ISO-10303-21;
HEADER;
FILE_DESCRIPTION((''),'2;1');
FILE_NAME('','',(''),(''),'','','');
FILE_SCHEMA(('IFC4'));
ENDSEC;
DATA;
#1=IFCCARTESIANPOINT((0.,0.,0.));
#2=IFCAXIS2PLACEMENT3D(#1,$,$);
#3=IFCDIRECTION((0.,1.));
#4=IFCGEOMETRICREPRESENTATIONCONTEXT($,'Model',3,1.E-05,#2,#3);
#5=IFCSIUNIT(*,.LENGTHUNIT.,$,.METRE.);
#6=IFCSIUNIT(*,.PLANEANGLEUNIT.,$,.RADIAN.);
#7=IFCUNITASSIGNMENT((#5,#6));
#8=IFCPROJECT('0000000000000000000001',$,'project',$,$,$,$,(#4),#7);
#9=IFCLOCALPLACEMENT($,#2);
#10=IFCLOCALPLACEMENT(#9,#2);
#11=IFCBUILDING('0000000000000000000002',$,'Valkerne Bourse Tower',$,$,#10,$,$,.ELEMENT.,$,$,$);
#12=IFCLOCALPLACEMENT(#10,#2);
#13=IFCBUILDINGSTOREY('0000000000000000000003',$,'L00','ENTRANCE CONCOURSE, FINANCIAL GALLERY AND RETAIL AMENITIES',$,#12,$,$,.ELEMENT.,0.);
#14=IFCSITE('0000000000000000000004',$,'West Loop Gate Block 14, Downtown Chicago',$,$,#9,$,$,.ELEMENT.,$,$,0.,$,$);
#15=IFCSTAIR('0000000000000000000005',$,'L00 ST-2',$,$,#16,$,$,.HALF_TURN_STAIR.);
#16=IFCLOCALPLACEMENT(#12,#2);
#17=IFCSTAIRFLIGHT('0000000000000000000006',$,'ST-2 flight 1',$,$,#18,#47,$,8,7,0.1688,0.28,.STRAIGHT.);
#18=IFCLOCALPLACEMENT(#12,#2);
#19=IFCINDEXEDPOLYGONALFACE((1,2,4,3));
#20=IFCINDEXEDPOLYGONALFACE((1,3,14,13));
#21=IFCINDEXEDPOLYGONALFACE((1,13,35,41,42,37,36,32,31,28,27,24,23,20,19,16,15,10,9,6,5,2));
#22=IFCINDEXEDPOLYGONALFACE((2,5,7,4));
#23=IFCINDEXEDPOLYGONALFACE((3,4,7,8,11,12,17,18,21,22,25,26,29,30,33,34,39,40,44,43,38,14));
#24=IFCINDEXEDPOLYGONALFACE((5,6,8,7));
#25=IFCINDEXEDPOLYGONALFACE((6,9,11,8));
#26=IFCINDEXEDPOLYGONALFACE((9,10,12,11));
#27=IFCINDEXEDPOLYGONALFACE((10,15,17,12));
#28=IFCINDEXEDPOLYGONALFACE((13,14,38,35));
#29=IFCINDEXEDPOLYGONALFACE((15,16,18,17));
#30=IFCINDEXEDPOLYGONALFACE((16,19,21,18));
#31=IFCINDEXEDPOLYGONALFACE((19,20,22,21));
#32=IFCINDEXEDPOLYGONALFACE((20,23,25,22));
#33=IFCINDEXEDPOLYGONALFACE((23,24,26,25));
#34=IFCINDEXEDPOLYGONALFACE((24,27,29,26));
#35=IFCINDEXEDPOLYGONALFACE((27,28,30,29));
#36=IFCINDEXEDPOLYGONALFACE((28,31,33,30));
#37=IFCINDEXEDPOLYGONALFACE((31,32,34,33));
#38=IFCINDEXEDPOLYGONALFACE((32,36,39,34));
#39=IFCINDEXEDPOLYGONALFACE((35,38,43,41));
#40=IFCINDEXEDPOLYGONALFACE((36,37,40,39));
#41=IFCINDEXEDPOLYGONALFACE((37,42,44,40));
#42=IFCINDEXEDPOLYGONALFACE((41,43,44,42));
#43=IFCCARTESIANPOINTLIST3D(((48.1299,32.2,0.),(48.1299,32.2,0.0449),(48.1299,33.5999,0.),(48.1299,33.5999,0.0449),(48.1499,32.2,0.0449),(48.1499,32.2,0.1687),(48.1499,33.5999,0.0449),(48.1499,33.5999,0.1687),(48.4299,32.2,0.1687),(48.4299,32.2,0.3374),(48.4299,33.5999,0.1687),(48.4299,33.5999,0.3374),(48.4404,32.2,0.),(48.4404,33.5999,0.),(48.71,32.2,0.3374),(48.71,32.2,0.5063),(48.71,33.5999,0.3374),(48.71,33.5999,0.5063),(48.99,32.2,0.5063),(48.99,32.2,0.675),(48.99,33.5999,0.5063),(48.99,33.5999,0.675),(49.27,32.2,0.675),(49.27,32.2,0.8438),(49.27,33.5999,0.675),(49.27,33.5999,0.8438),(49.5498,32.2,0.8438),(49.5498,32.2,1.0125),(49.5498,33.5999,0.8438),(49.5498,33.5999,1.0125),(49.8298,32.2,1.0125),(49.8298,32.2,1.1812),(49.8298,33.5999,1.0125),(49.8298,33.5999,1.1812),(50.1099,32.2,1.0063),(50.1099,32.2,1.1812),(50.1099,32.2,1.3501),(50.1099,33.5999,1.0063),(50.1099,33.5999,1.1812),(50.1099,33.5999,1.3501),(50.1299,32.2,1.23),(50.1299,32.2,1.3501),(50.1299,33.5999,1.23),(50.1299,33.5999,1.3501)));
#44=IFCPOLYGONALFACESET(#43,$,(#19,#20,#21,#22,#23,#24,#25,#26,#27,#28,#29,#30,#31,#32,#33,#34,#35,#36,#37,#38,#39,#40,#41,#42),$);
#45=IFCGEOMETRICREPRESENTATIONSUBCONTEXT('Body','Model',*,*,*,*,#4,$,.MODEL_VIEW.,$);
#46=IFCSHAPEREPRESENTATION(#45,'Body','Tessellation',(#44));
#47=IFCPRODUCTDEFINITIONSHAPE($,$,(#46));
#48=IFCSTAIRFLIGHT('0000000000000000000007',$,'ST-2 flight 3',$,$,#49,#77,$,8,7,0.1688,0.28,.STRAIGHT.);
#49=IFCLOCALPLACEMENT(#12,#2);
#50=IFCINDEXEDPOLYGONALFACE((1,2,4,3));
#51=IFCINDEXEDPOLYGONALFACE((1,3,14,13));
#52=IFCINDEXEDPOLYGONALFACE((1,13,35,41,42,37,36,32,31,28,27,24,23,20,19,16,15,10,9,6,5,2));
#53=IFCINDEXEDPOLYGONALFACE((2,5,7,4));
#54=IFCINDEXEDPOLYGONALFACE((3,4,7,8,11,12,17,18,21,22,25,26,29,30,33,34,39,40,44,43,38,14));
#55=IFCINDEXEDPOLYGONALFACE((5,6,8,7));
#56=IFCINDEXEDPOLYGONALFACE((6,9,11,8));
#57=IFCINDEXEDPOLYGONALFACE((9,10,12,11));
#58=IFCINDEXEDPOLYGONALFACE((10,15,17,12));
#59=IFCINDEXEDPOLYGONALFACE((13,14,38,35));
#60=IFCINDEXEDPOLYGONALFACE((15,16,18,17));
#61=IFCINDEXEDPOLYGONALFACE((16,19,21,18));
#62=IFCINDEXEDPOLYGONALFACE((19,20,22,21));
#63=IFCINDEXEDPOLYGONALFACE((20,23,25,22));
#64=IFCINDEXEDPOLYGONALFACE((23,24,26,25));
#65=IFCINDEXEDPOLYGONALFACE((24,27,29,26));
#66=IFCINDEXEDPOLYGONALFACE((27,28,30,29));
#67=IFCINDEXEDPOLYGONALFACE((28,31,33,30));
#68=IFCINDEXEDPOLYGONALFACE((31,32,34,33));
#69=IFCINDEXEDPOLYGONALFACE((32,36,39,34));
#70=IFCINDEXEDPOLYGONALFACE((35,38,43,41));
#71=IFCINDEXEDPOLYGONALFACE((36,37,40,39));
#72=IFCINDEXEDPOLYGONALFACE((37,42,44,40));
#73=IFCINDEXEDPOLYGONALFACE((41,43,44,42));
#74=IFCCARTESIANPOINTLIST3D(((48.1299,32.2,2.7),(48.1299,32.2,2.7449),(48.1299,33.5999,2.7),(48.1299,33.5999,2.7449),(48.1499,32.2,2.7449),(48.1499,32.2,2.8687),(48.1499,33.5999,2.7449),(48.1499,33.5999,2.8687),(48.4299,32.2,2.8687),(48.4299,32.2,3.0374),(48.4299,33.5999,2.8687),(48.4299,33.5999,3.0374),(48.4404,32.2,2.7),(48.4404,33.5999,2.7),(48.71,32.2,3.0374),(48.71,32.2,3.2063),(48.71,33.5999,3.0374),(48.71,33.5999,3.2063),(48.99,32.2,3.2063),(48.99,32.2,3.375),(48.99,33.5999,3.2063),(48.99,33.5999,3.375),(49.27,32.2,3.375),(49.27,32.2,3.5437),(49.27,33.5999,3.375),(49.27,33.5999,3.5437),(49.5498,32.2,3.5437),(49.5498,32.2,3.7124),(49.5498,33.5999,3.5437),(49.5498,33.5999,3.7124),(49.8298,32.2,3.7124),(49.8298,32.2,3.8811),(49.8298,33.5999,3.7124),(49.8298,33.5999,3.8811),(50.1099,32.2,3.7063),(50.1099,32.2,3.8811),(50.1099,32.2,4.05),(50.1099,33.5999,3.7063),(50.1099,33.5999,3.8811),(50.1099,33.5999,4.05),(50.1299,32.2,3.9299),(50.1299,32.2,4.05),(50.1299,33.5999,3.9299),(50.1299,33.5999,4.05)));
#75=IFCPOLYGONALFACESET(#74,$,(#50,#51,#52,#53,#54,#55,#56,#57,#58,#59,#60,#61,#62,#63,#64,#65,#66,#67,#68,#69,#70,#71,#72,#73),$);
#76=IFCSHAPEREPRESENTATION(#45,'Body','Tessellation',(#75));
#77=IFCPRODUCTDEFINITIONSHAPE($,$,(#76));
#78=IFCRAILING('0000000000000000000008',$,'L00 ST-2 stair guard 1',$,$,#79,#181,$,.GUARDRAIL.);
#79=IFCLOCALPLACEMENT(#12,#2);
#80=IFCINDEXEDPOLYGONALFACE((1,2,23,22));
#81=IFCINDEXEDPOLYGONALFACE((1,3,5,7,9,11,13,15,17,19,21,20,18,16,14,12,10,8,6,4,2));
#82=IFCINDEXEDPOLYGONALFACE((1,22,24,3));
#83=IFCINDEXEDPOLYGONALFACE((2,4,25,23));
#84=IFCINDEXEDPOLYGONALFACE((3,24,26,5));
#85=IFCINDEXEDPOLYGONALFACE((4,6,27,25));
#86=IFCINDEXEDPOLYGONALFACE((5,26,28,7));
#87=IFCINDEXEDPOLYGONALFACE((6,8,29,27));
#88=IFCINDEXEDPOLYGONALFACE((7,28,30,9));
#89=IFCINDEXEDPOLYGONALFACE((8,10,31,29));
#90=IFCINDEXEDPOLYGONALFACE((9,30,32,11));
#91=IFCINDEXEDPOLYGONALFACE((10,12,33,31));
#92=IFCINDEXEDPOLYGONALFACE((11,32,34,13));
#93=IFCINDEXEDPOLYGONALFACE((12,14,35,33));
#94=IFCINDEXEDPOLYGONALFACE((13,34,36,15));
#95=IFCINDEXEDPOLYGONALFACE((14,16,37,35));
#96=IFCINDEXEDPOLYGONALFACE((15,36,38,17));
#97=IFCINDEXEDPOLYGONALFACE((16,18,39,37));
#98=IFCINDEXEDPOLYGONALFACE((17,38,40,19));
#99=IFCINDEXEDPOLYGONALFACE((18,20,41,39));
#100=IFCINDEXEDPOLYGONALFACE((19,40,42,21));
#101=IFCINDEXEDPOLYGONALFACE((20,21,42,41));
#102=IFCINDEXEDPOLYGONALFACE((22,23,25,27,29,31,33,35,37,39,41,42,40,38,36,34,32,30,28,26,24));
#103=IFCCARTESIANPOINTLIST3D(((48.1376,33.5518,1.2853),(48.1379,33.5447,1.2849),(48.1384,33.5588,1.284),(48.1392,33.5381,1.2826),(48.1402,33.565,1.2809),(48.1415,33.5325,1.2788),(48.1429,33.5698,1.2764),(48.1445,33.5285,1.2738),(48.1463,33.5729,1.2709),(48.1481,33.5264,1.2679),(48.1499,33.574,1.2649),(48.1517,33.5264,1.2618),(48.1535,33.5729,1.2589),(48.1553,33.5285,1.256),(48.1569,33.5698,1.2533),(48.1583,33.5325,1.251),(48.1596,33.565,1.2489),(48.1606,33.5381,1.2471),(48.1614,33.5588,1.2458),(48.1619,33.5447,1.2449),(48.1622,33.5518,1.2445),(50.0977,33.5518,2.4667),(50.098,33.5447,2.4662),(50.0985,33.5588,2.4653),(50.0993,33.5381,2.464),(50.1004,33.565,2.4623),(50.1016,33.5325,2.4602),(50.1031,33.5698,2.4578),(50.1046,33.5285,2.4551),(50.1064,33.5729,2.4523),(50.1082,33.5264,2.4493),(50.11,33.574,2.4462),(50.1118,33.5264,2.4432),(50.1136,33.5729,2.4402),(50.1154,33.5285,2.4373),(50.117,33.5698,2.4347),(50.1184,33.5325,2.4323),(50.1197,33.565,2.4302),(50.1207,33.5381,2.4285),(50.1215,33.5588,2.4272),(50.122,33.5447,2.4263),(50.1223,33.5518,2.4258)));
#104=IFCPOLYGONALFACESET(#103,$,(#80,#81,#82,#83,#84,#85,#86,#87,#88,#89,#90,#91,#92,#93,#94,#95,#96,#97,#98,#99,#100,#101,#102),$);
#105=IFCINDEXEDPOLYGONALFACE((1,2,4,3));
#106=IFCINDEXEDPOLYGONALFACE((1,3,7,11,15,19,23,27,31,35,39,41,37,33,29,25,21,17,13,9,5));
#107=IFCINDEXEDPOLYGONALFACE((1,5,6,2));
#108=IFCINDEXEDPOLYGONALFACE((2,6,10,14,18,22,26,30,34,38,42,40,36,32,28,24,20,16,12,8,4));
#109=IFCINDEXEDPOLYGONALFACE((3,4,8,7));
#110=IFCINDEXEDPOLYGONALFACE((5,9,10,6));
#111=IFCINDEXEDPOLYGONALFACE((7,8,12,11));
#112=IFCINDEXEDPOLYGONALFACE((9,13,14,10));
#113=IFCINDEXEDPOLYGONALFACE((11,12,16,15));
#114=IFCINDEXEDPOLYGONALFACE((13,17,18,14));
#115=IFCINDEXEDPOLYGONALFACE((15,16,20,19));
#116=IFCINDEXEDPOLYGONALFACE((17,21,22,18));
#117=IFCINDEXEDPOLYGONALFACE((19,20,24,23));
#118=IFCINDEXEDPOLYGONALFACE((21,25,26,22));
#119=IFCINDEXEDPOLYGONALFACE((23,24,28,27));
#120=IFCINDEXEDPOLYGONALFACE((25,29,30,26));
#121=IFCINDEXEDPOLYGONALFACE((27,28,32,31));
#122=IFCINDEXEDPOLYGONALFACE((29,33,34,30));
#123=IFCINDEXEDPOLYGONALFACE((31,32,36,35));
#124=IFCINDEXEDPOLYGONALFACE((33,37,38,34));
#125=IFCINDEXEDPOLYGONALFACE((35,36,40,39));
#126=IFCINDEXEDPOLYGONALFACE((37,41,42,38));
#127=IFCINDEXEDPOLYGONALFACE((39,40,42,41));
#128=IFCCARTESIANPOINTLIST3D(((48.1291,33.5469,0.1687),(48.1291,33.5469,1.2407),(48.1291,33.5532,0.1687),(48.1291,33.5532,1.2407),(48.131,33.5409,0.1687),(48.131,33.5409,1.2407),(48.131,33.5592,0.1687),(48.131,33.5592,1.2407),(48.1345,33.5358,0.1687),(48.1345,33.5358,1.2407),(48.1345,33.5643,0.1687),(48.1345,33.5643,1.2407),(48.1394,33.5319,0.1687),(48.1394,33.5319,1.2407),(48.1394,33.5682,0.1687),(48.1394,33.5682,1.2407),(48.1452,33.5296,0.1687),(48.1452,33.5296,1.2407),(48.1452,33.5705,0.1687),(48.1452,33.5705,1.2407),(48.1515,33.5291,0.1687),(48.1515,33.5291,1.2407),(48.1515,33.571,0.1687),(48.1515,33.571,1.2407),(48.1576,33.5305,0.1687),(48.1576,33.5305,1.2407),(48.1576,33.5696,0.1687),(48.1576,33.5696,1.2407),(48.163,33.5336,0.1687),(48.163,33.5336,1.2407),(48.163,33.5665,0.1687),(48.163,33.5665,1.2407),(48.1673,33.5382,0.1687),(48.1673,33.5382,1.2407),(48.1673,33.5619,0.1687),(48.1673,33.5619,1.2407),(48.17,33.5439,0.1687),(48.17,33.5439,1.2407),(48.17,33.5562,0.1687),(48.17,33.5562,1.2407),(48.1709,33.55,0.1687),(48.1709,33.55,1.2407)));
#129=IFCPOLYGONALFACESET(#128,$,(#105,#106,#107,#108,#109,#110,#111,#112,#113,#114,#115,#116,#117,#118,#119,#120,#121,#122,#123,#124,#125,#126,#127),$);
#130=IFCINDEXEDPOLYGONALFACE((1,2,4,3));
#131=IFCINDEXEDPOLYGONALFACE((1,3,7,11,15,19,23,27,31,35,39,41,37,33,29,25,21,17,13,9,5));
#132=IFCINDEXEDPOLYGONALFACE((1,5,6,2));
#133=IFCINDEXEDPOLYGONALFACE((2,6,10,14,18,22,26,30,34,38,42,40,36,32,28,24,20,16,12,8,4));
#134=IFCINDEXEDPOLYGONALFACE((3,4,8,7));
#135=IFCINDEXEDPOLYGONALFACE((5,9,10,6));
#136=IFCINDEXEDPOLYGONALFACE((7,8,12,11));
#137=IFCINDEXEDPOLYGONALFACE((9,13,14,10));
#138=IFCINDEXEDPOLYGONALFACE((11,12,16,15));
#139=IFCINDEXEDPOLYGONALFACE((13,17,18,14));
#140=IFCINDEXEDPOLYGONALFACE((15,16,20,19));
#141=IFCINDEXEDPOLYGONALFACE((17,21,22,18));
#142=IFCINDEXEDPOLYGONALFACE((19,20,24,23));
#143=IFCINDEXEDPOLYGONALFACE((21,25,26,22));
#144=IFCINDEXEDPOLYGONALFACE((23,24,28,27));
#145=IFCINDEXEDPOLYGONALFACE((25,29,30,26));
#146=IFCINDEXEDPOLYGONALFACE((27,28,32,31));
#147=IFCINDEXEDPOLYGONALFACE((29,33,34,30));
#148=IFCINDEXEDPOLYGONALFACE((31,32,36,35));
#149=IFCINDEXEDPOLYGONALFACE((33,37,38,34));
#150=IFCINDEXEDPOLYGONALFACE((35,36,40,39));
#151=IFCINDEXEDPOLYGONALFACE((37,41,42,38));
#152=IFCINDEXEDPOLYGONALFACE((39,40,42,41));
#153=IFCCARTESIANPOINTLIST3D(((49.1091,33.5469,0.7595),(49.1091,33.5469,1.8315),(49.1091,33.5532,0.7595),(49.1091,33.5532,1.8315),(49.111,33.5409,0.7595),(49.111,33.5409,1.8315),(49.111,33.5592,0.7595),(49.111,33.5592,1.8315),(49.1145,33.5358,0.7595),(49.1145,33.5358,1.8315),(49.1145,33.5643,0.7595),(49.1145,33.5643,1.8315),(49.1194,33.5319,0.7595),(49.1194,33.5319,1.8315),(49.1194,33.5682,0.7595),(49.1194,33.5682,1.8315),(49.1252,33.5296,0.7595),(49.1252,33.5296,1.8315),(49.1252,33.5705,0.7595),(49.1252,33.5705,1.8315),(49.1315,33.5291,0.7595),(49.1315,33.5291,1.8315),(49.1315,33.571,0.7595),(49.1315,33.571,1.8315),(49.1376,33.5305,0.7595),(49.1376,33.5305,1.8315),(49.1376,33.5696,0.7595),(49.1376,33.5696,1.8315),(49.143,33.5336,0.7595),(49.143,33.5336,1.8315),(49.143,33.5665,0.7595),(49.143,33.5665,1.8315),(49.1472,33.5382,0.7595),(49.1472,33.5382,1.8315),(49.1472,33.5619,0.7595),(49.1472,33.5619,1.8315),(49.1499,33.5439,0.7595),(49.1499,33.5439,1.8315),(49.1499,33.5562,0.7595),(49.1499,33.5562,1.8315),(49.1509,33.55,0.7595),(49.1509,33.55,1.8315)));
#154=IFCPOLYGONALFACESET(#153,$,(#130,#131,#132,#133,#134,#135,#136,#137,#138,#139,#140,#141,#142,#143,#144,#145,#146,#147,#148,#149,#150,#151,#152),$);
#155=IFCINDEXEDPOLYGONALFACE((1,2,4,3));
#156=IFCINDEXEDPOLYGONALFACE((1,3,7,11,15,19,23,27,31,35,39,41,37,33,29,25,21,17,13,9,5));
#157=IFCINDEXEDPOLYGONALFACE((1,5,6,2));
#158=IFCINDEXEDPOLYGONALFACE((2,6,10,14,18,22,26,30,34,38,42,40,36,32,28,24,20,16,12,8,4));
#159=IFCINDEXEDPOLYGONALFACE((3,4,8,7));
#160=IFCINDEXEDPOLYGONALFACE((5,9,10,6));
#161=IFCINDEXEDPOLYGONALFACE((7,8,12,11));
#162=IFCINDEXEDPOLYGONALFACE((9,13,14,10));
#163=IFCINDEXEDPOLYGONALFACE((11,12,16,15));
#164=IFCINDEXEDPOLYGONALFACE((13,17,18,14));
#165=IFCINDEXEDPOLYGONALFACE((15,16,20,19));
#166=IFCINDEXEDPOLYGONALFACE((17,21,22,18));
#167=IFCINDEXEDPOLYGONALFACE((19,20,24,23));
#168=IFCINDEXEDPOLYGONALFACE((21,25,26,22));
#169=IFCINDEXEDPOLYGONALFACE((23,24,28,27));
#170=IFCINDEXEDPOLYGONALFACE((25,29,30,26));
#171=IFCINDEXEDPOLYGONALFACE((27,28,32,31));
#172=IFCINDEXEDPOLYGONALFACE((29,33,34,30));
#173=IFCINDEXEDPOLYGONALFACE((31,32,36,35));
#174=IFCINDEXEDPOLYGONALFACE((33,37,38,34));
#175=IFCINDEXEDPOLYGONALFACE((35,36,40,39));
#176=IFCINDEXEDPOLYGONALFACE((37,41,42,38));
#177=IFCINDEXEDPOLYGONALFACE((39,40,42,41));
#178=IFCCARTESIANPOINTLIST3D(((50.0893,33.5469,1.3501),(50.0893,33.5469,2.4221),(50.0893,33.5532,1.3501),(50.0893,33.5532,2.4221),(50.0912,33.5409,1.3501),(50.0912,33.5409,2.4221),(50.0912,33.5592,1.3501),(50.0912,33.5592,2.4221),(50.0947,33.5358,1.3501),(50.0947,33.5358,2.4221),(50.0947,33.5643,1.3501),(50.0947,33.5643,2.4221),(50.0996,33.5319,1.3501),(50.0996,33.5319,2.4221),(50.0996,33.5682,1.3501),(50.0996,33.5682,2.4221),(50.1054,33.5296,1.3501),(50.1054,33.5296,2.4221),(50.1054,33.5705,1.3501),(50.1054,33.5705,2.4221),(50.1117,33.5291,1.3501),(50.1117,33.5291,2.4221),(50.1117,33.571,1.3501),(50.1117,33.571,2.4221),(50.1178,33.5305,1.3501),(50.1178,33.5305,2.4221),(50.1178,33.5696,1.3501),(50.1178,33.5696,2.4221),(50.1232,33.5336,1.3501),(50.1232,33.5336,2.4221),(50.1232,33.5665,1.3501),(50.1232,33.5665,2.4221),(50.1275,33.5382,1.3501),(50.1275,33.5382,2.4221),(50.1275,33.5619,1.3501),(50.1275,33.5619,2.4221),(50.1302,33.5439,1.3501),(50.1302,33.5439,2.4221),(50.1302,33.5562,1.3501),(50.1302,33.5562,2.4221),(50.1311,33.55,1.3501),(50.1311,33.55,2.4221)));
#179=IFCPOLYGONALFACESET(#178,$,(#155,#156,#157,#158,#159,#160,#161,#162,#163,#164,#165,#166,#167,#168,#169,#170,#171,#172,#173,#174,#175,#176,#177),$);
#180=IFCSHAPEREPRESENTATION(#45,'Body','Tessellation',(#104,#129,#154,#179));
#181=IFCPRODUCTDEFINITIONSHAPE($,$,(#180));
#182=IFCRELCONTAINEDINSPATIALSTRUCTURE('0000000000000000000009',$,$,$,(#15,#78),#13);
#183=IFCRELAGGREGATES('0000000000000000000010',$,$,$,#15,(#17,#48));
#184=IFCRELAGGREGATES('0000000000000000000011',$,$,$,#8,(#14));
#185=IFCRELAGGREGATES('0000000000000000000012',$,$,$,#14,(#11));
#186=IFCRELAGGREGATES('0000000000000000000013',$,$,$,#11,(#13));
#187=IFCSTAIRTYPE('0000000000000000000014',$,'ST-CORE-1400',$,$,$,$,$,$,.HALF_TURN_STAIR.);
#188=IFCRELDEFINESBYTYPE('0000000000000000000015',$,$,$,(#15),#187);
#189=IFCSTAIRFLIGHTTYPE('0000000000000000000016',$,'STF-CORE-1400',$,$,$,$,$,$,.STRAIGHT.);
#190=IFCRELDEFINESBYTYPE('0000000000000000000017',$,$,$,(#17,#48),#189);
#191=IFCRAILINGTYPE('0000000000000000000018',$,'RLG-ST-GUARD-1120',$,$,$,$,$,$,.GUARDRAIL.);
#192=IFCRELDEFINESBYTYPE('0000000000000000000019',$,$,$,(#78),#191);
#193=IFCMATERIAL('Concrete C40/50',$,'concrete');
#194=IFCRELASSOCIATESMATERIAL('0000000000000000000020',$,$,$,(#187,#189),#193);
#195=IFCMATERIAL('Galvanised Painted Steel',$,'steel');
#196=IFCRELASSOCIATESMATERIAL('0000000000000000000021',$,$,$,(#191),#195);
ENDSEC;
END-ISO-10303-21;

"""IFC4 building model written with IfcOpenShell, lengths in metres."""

from ifc_helpers import new_model, si_unit, direction, frame, origin, origin_2d, place, context, subcontext, project, spatial, polyline, circle, outline, extrude, material, type_object, element, aggregate, save


model = new_model("IFC4")

# Units and contexts
model_context = context("Model", 3, precision=1e-05, world=origin(), true_north=direction((0.0, 1.0)))
body_context = subcontext(model_context, "Body", "Model", "MODEL_VIEW")
ifc_project = project(units=[si_unit("LENGTHUNIT", "METRE"), si_unit("PLANEANGLEUNIT", "RADIAN")], contexts=[model_context])

# Site, building, storey
site_placement = place(None, origin())
site = spatial("IfcSite", under=ifc_project, at=site_placement, Name="West Loop Gate Block 14, Downtown Chicago", CompositionType="ELEMENT", RefElevation=0.0)
building_placement = place(site_placement, origin())
building = spatial("IfcBuilding", under=site, at=building_placement, Name="Valkerne Bourse Tower", CompositionType="ELEMENT")
storey_placement = place(building_placement, origin())
storey = spatial("IfcBuildingStorey", under=building, at=storey_placement, Name="L00", Description="ENTRANCE CONCOURSE, FINANCIAL GALLERY AND RETAIL AMENITIES", CompositionType="ELEMENT", Elevation=0.0)

# Shared definitions
ifc_material_1 = material(Name="Concrete C40/50", Category="concrete")
ifc_material_2 = material(Name="Galvanised Painted Steel", Category="steel")

# Stair, stair flights
stair_type = type_object("IfcStairType", Name="ST-CORE-1400", PredefinedType="HALF_TURN_STAIR", material=ifc_material_1)
stair_placement = place(storey_placement, origin())
stair = element("IfcStair", 1, at=stair_placement, inside=storey, type_object=stair_type, Name="L00 ST-2", PredefinedType="HALF_TURN_STAIR")
stair_flight_type = type_object("IfcStairFlightType", Name="STF-CORE-1400", PredefinedType="STRAIGHT", material=ifc_material_1)
stair_flight_1_placement = place(storey_placement, frame((48.1499, 32.8999, 0.0), z_axis=(0.0, 0.0, 1.0), x_axis=(1.0, 0.0, 0.0)))
stair_flight_1 = element("IfcStairFlight", 2, at=stair_flight_1_placement, type_object=stair_flight_type, Name="ST-2 flight 1", NumberOfRisers=8, NumberOfTreads=7, PredefinedType="STRAIGHT", RiserHeight=0.1688, TreadLength=0.28, context=body_context, shape_type="SweptSolid", body=[
    extrude(outline(polyline([(-0.02, 0.0), (-0.02, 0.0449), (0.0, 0.0449), (0.0, 0.1687), (0.28, 0.1687), (0.28, 0.3374), (0.5601, 0.3374), (0.5601, 0.5063), (0.8401, 0.5063), (0.8401, 0.675), (1.1201, 0.675), (1.1201, 0.8438), (1.3999, 0.8438), (1.3999, 1.0125), (1.6799, 1.0125), (1.6799, 1.1812), (1.96, 1.1812), (1.96, 1.3501), (1.98, 1.3501), (1.98, 1.23), (1.96, 1.0063), (0.2905, 0.0), (-0.02, 0.0)])), frame((0.0, 0.7, 0.0), z_axis=(0.0, -1.0, 0.0), x_axis=(1.0, 0.0, 0.0)), (0.0, 0.0, 1.0), 1.3999),
])
stair_flight_2_placement = place(storey_placement, frame((48.1499, 32.8999, 2.7), z_axis=(0.0, 0.0, 1.0), x_axis=(1.0, 0.0, 0.0)))
stair_flight_2 = element("IfcStairFlight", 3, at=stair_flight_2_placement, type_object=stair_flight_type, Name="ST-2 flight 3", NumberOfRisers=8, NumberOfTreads=7, PredefinedType="STRAIGHT", RiserHeight=0.1688, TreadLength=0.28, context=body_context, shape_type="SweptSolid", body=[
    extrude(outline(polyline([(-0.02, 0.0), (-0.02, 0.0449), (0.0, 0.0449), (0.0, 0.1687), (0.28, 0.1687), (0.28, 0.3374), (0.5601, 0.3374), (0.5601, 0.5063), (0.8401, 0.5063), (0.8401, 0.675), (1.1201, 0.675), (1.1201, 0.8438), (1.3999, 0.8438), (1.3999, 1.0125), (1.6799, 1.0125), (1.6799, 1.1812), (1.96, 1.1812), (1.96, 1.3501), (1.98, 1.3501), (1.98, 1.23), (1.96, 1.0063), (0.2905, 0.0), (-0.02, 0.0)])), frame((0.0, 0.7, 0.0), z_axis=(0.0, -1.0, 0.0), x_axis=(1.0, 0.0, 0.0)), (0.0, 0.0, 1.0), 1.3999),
])
aggregate(stair, [stair_flight_1, stair_flight_2])

# Railing
railing_type_1 = type_object("IfcRailingType", Name="RLG-ST-GUARD-1120", PredefinedType="GUARDRAIL", material=ifc_material_2)
railing_1_placement = place(storey_placement, frame((48.1499, 33.55, 0.1687)))
element("IfcRailing", 4, at=railing_1_placement, inside=storey, type_object=railing_type_1, Name="L00 ST-2 stair guard 1", PredefinedType="GUARDRAIL", context=body_context, shape_type="SweptSolid", body=[
    extrude(circle(Radius=0.0239, at=origin_2d()), frame((0.0, 0.0, 1.0962), z_axis=(0.856475, 0.0, 0.516189), x_axis=(0.0, 1.0, 0.0)), (0.0, 0.0, 1.0), 2.2886),
    extrude(circle(Radius=0.021, at=origin_2d()), origin(), (0.0, 0.0, 1.0), 1.072),
    extrude(circle(Radius=0.021, at=origin_2d()), frame((0.98, 0.0, 0.5908)), (0.0, 0.0, 1.0), 1.072),
    extrude(circle(Radius=0.021, at=origin_2d()), frame((1.9602, 0.0, 1.1814)), (0.0, 0.0, 1.0), 1.072),
])

save(model, "model.ifc")
